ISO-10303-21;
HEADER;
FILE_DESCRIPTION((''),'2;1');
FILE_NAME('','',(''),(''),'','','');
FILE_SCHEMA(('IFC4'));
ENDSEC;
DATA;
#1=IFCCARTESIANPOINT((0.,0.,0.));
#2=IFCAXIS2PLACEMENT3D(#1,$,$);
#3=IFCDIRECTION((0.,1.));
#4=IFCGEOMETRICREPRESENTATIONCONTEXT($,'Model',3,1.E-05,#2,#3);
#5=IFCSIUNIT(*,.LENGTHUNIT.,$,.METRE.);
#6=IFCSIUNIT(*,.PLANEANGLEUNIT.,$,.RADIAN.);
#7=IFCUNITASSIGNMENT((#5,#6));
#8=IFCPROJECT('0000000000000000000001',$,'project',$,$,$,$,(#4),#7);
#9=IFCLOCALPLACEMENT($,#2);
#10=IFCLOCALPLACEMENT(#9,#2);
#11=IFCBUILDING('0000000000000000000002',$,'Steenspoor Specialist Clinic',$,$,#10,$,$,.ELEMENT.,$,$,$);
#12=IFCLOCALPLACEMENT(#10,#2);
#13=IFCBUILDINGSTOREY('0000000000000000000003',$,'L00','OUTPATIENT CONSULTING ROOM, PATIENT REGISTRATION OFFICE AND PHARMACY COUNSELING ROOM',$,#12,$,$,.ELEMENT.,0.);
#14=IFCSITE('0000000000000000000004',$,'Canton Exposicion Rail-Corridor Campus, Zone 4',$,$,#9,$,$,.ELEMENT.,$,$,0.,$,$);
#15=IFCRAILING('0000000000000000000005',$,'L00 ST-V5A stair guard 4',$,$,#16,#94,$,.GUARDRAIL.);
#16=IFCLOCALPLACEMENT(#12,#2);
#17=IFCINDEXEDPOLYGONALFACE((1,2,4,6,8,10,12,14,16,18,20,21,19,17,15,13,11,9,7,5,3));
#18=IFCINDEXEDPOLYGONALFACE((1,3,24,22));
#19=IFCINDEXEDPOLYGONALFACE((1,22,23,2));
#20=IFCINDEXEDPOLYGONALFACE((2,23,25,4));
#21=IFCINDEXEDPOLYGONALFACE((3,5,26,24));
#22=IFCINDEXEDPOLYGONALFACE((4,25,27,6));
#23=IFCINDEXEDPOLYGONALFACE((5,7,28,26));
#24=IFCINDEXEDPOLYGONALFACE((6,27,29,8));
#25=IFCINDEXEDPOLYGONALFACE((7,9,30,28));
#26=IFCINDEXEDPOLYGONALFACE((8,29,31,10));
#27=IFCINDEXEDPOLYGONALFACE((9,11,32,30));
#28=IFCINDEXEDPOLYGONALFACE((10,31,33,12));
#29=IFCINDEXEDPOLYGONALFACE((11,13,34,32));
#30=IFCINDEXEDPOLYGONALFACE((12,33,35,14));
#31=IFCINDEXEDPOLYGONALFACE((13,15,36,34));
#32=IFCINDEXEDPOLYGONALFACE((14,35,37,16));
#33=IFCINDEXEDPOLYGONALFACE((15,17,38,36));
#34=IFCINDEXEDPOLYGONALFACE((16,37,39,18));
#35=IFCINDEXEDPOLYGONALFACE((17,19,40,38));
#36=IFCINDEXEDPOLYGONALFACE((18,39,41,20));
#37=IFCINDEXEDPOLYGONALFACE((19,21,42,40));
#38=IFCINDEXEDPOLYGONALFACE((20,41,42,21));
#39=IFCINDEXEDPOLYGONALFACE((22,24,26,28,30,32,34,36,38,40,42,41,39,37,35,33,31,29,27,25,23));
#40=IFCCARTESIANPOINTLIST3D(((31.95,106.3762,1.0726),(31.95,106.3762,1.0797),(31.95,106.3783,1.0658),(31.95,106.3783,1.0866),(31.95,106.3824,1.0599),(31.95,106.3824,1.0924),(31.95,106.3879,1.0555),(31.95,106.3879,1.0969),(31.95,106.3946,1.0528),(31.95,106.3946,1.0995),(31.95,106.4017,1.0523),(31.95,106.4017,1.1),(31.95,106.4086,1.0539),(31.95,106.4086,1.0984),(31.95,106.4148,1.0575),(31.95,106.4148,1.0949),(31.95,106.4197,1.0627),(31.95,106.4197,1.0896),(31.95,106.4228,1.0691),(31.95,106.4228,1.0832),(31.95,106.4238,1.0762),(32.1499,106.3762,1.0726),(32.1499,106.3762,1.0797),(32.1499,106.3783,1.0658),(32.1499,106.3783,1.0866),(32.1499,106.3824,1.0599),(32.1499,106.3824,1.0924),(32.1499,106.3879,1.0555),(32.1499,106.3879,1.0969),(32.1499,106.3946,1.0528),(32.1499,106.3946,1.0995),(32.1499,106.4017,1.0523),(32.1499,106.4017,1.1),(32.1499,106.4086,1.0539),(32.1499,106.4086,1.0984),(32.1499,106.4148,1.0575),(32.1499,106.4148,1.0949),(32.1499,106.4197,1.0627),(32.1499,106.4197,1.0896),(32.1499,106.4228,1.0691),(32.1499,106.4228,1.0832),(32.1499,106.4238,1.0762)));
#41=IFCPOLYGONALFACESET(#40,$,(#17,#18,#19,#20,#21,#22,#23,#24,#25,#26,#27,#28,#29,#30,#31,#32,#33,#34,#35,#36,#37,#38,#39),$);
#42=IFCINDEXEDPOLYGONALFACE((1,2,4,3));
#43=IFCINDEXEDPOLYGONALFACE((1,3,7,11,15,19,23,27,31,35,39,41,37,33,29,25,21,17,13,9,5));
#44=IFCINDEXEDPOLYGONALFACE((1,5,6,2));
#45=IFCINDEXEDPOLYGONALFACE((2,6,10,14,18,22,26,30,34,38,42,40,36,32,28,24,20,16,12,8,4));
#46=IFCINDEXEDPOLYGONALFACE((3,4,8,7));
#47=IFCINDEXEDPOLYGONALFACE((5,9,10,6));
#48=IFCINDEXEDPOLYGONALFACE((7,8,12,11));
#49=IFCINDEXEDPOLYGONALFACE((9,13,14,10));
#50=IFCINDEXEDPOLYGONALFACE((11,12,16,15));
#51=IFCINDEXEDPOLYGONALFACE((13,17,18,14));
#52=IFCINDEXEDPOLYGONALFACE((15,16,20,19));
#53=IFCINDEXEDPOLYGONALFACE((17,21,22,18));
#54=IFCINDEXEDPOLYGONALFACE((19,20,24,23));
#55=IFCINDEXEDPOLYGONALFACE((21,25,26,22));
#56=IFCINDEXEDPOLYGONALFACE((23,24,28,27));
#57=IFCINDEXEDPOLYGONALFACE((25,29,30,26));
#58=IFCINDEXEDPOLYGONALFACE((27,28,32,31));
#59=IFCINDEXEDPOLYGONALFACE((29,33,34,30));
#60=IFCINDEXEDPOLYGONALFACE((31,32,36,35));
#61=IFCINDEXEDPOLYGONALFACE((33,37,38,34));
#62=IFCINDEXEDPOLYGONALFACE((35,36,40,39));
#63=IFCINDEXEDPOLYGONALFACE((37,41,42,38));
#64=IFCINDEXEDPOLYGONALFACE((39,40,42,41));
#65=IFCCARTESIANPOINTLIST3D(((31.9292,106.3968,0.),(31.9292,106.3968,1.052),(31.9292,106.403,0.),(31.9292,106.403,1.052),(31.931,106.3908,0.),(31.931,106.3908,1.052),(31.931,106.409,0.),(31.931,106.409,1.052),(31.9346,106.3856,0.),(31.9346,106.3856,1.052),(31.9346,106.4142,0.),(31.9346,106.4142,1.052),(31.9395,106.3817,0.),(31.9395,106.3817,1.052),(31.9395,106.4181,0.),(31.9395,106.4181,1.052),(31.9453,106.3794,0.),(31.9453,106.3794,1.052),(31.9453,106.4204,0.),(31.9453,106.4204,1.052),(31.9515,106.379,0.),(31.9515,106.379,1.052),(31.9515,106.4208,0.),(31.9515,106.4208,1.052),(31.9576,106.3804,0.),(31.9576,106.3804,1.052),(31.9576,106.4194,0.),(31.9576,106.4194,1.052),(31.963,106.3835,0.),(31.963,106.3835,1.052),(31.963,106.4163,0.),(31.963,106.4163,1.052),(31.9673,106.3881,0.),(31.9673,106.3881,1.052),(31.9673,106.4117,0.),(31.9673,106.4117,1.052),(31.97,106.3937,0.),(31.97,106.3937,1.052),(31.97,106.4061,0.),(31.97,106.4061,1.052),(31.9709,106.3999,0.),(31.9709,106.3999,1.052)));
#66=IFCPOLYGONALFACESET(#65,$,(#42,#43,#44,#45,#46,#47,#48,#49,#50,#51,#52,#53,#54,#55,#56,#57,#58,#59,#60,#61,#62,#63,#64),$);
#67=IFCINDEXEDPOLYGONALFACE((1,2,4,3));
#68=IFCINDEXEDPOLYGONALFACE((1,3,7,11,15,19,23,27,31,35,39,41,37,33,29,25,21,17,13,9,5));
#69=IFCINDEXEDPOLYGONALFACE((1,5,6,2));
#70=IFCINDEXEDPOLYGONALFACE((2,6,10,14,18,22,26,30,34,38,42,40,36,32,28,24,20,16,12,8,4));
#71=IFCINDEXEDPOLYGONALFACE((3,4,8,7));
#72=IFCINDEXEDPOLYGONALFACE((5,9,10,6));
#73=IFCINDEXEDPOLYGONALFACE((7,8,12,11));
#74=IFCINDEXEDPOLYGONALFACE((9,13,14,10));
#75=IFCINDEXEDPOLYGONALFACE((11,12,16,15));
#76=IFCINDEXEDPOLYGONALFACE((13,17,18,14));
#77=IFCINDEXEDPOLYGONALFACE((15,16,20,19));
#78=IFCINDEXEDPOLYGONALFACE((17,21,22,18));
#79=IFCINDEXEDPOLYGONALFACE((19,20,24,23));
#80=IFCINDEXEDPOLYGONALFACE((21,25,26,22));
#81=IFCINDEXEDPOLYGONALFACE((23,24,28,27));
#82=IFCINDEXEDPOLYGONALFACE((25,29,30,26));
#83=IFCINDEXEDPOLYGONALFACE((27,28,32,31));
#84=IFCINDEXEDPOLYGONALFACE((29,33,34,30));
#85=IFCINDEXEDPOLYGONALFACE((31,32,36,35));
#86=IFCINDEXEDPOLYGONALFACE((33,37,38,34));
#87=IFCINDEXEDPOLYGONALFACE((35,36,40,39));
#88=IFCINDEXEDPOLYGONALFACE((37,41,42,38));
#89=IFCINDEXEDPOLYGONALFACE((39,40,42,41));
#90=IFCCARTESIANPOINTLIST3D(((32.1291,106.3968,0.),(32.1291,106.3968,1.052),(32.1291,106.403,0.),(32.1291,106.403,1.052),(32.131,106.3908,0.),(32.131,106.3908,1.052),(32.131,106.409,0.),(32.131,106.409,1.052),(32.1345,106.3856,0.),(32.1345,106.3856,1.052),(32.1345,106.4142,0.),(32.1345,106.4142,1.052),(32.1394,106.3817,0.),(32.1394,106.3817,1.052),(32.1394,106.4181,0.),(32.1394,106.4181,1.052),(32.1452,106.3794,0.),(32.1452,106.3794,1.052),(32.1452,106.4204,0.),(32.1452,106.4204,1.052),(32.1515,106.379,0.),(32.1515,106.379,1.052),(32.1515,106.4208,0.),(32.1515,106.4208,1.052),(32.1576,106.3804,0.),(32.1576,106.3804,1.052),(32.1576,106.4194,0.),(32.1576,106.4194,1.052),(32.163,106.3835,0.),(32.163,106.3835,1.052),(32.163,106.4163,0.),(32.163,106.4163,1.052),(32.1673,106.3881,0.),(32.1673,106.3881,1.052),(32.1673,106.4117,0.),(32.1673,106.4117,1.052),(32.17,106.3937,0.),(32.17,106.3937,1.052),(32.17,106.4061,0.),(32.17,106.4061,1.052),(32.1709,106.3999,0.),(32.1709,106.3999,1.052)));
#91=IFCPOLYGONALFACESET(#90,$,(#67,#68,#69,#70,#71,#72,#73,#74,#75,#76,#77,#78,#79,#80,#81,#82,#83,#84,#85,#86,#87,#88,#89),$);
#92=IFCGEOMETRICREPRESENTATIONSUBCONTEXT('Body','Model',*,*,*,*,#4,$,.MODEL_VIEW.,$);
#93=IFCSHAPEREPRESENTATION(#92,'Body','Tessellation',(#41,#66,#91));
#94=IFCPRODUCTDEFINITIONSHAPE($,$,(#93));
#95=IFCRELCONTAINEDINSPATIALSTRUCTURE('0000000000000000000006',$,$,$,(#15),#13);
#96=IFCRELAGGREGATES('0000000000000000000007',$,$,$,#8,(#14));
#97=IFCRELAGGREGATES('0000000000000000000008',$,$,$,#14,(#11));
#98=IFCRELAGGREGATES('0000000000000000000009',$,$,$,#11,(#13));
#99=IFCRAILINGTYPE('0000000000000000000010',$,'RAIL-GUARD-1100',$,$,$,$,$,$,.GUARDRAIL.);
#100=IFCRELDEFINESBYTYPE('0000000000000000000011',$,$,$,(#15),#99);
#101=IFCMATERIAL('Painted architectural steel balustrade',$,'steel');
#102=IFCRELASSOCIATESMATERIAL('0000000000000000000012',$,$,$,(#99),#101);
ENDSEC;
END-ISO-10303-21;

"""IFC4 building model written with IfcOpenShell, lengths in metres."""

from ifc_helpers import new_model, si_unit, direction, frame, origin, origin_2d, place, context, subcontext, project, spatial, circle, extrude, material, type_object, element, save


model = new_model("IFC4")

# Units and contexts
model_context = context("Model", 3, precision=1e-05, world=origin(), true_north=direction((0.0, 1.0)))
body_context = subcontext(model_context, "Body", "Model", "MODEL_VIEW")
ifc_project = project(units=[si_unit("LENGTHUNIT", "METRE"), si_unit("PLANEANGLEUNIT", "RADIAN")], contexts=[model_context])

# Site, building, storey
site_placement = place(None, origin())
site = spatial("IfcSite", under=ifc_project, at=site_placement, Name="Canton Exposicion Rail-Corridor Campus, Zone 4", CompositionType="ELEMENT", RefElevation=0.0)
building_placement = place(site_placement, origin())
building = spatial("IfcBuilding", under=site, at=building_placement, Name="Steenspoor Specialist Clinic", CompositionType="ELEMENT")
storey_placement = place(building_placement, origin())
storey = spatial("IfcBuildingStorey", under=building, at=storey_placement, Name="L00", Description="OUTPATIENT CONSULTING ROOM, PATIENT REGISTRATION OFFICE AND PHARMACY COUNSELING ROOM", CompositionType="ELEMENT", Elevation=0.0)

# Railing
ifc_material_1 = material(Name="Painted architectural steel balustrade", Category="steel")
railing_type_1 = type_object("IfcRailingType", Name="RAIL-GUARD-1100", PredefinedType="GUARDRAIL", material=ifc_material_1)
railing_1_placement = place(storey_placement, frame((31.95, 106.3999, 0.0)))
element("IfcRailing", 1, at=railing_1_placement, inside=storey, type_object=railing_type_1, Name="L00 ST-V5A stair guard 4", PredefinedType="GUARDRAIL", context=body_context, shape_type="SweptSolid", body=[
    extrude(circle(Radius=0.0239, at=origin_2d()), frame((0.0, 0.0, 1.0762), z_axis=(1.0, 0.0, 0.0), x_axis=(0.0, 1.0, 0.0)), (0.0, 0.0, 1.0), 0.2),
    extrude(circle(Radius=0.021, at=origin_2d()), origin(), (0.0, 0.0, 1.0), 1.052),
    extrude(circle(Radius=0.021, at=origin_2d()), frame((0.2, 0.0, 0.0)), (0.0, 0.0, 1.0), 1.052),
])

save(model, "model.ifc")
